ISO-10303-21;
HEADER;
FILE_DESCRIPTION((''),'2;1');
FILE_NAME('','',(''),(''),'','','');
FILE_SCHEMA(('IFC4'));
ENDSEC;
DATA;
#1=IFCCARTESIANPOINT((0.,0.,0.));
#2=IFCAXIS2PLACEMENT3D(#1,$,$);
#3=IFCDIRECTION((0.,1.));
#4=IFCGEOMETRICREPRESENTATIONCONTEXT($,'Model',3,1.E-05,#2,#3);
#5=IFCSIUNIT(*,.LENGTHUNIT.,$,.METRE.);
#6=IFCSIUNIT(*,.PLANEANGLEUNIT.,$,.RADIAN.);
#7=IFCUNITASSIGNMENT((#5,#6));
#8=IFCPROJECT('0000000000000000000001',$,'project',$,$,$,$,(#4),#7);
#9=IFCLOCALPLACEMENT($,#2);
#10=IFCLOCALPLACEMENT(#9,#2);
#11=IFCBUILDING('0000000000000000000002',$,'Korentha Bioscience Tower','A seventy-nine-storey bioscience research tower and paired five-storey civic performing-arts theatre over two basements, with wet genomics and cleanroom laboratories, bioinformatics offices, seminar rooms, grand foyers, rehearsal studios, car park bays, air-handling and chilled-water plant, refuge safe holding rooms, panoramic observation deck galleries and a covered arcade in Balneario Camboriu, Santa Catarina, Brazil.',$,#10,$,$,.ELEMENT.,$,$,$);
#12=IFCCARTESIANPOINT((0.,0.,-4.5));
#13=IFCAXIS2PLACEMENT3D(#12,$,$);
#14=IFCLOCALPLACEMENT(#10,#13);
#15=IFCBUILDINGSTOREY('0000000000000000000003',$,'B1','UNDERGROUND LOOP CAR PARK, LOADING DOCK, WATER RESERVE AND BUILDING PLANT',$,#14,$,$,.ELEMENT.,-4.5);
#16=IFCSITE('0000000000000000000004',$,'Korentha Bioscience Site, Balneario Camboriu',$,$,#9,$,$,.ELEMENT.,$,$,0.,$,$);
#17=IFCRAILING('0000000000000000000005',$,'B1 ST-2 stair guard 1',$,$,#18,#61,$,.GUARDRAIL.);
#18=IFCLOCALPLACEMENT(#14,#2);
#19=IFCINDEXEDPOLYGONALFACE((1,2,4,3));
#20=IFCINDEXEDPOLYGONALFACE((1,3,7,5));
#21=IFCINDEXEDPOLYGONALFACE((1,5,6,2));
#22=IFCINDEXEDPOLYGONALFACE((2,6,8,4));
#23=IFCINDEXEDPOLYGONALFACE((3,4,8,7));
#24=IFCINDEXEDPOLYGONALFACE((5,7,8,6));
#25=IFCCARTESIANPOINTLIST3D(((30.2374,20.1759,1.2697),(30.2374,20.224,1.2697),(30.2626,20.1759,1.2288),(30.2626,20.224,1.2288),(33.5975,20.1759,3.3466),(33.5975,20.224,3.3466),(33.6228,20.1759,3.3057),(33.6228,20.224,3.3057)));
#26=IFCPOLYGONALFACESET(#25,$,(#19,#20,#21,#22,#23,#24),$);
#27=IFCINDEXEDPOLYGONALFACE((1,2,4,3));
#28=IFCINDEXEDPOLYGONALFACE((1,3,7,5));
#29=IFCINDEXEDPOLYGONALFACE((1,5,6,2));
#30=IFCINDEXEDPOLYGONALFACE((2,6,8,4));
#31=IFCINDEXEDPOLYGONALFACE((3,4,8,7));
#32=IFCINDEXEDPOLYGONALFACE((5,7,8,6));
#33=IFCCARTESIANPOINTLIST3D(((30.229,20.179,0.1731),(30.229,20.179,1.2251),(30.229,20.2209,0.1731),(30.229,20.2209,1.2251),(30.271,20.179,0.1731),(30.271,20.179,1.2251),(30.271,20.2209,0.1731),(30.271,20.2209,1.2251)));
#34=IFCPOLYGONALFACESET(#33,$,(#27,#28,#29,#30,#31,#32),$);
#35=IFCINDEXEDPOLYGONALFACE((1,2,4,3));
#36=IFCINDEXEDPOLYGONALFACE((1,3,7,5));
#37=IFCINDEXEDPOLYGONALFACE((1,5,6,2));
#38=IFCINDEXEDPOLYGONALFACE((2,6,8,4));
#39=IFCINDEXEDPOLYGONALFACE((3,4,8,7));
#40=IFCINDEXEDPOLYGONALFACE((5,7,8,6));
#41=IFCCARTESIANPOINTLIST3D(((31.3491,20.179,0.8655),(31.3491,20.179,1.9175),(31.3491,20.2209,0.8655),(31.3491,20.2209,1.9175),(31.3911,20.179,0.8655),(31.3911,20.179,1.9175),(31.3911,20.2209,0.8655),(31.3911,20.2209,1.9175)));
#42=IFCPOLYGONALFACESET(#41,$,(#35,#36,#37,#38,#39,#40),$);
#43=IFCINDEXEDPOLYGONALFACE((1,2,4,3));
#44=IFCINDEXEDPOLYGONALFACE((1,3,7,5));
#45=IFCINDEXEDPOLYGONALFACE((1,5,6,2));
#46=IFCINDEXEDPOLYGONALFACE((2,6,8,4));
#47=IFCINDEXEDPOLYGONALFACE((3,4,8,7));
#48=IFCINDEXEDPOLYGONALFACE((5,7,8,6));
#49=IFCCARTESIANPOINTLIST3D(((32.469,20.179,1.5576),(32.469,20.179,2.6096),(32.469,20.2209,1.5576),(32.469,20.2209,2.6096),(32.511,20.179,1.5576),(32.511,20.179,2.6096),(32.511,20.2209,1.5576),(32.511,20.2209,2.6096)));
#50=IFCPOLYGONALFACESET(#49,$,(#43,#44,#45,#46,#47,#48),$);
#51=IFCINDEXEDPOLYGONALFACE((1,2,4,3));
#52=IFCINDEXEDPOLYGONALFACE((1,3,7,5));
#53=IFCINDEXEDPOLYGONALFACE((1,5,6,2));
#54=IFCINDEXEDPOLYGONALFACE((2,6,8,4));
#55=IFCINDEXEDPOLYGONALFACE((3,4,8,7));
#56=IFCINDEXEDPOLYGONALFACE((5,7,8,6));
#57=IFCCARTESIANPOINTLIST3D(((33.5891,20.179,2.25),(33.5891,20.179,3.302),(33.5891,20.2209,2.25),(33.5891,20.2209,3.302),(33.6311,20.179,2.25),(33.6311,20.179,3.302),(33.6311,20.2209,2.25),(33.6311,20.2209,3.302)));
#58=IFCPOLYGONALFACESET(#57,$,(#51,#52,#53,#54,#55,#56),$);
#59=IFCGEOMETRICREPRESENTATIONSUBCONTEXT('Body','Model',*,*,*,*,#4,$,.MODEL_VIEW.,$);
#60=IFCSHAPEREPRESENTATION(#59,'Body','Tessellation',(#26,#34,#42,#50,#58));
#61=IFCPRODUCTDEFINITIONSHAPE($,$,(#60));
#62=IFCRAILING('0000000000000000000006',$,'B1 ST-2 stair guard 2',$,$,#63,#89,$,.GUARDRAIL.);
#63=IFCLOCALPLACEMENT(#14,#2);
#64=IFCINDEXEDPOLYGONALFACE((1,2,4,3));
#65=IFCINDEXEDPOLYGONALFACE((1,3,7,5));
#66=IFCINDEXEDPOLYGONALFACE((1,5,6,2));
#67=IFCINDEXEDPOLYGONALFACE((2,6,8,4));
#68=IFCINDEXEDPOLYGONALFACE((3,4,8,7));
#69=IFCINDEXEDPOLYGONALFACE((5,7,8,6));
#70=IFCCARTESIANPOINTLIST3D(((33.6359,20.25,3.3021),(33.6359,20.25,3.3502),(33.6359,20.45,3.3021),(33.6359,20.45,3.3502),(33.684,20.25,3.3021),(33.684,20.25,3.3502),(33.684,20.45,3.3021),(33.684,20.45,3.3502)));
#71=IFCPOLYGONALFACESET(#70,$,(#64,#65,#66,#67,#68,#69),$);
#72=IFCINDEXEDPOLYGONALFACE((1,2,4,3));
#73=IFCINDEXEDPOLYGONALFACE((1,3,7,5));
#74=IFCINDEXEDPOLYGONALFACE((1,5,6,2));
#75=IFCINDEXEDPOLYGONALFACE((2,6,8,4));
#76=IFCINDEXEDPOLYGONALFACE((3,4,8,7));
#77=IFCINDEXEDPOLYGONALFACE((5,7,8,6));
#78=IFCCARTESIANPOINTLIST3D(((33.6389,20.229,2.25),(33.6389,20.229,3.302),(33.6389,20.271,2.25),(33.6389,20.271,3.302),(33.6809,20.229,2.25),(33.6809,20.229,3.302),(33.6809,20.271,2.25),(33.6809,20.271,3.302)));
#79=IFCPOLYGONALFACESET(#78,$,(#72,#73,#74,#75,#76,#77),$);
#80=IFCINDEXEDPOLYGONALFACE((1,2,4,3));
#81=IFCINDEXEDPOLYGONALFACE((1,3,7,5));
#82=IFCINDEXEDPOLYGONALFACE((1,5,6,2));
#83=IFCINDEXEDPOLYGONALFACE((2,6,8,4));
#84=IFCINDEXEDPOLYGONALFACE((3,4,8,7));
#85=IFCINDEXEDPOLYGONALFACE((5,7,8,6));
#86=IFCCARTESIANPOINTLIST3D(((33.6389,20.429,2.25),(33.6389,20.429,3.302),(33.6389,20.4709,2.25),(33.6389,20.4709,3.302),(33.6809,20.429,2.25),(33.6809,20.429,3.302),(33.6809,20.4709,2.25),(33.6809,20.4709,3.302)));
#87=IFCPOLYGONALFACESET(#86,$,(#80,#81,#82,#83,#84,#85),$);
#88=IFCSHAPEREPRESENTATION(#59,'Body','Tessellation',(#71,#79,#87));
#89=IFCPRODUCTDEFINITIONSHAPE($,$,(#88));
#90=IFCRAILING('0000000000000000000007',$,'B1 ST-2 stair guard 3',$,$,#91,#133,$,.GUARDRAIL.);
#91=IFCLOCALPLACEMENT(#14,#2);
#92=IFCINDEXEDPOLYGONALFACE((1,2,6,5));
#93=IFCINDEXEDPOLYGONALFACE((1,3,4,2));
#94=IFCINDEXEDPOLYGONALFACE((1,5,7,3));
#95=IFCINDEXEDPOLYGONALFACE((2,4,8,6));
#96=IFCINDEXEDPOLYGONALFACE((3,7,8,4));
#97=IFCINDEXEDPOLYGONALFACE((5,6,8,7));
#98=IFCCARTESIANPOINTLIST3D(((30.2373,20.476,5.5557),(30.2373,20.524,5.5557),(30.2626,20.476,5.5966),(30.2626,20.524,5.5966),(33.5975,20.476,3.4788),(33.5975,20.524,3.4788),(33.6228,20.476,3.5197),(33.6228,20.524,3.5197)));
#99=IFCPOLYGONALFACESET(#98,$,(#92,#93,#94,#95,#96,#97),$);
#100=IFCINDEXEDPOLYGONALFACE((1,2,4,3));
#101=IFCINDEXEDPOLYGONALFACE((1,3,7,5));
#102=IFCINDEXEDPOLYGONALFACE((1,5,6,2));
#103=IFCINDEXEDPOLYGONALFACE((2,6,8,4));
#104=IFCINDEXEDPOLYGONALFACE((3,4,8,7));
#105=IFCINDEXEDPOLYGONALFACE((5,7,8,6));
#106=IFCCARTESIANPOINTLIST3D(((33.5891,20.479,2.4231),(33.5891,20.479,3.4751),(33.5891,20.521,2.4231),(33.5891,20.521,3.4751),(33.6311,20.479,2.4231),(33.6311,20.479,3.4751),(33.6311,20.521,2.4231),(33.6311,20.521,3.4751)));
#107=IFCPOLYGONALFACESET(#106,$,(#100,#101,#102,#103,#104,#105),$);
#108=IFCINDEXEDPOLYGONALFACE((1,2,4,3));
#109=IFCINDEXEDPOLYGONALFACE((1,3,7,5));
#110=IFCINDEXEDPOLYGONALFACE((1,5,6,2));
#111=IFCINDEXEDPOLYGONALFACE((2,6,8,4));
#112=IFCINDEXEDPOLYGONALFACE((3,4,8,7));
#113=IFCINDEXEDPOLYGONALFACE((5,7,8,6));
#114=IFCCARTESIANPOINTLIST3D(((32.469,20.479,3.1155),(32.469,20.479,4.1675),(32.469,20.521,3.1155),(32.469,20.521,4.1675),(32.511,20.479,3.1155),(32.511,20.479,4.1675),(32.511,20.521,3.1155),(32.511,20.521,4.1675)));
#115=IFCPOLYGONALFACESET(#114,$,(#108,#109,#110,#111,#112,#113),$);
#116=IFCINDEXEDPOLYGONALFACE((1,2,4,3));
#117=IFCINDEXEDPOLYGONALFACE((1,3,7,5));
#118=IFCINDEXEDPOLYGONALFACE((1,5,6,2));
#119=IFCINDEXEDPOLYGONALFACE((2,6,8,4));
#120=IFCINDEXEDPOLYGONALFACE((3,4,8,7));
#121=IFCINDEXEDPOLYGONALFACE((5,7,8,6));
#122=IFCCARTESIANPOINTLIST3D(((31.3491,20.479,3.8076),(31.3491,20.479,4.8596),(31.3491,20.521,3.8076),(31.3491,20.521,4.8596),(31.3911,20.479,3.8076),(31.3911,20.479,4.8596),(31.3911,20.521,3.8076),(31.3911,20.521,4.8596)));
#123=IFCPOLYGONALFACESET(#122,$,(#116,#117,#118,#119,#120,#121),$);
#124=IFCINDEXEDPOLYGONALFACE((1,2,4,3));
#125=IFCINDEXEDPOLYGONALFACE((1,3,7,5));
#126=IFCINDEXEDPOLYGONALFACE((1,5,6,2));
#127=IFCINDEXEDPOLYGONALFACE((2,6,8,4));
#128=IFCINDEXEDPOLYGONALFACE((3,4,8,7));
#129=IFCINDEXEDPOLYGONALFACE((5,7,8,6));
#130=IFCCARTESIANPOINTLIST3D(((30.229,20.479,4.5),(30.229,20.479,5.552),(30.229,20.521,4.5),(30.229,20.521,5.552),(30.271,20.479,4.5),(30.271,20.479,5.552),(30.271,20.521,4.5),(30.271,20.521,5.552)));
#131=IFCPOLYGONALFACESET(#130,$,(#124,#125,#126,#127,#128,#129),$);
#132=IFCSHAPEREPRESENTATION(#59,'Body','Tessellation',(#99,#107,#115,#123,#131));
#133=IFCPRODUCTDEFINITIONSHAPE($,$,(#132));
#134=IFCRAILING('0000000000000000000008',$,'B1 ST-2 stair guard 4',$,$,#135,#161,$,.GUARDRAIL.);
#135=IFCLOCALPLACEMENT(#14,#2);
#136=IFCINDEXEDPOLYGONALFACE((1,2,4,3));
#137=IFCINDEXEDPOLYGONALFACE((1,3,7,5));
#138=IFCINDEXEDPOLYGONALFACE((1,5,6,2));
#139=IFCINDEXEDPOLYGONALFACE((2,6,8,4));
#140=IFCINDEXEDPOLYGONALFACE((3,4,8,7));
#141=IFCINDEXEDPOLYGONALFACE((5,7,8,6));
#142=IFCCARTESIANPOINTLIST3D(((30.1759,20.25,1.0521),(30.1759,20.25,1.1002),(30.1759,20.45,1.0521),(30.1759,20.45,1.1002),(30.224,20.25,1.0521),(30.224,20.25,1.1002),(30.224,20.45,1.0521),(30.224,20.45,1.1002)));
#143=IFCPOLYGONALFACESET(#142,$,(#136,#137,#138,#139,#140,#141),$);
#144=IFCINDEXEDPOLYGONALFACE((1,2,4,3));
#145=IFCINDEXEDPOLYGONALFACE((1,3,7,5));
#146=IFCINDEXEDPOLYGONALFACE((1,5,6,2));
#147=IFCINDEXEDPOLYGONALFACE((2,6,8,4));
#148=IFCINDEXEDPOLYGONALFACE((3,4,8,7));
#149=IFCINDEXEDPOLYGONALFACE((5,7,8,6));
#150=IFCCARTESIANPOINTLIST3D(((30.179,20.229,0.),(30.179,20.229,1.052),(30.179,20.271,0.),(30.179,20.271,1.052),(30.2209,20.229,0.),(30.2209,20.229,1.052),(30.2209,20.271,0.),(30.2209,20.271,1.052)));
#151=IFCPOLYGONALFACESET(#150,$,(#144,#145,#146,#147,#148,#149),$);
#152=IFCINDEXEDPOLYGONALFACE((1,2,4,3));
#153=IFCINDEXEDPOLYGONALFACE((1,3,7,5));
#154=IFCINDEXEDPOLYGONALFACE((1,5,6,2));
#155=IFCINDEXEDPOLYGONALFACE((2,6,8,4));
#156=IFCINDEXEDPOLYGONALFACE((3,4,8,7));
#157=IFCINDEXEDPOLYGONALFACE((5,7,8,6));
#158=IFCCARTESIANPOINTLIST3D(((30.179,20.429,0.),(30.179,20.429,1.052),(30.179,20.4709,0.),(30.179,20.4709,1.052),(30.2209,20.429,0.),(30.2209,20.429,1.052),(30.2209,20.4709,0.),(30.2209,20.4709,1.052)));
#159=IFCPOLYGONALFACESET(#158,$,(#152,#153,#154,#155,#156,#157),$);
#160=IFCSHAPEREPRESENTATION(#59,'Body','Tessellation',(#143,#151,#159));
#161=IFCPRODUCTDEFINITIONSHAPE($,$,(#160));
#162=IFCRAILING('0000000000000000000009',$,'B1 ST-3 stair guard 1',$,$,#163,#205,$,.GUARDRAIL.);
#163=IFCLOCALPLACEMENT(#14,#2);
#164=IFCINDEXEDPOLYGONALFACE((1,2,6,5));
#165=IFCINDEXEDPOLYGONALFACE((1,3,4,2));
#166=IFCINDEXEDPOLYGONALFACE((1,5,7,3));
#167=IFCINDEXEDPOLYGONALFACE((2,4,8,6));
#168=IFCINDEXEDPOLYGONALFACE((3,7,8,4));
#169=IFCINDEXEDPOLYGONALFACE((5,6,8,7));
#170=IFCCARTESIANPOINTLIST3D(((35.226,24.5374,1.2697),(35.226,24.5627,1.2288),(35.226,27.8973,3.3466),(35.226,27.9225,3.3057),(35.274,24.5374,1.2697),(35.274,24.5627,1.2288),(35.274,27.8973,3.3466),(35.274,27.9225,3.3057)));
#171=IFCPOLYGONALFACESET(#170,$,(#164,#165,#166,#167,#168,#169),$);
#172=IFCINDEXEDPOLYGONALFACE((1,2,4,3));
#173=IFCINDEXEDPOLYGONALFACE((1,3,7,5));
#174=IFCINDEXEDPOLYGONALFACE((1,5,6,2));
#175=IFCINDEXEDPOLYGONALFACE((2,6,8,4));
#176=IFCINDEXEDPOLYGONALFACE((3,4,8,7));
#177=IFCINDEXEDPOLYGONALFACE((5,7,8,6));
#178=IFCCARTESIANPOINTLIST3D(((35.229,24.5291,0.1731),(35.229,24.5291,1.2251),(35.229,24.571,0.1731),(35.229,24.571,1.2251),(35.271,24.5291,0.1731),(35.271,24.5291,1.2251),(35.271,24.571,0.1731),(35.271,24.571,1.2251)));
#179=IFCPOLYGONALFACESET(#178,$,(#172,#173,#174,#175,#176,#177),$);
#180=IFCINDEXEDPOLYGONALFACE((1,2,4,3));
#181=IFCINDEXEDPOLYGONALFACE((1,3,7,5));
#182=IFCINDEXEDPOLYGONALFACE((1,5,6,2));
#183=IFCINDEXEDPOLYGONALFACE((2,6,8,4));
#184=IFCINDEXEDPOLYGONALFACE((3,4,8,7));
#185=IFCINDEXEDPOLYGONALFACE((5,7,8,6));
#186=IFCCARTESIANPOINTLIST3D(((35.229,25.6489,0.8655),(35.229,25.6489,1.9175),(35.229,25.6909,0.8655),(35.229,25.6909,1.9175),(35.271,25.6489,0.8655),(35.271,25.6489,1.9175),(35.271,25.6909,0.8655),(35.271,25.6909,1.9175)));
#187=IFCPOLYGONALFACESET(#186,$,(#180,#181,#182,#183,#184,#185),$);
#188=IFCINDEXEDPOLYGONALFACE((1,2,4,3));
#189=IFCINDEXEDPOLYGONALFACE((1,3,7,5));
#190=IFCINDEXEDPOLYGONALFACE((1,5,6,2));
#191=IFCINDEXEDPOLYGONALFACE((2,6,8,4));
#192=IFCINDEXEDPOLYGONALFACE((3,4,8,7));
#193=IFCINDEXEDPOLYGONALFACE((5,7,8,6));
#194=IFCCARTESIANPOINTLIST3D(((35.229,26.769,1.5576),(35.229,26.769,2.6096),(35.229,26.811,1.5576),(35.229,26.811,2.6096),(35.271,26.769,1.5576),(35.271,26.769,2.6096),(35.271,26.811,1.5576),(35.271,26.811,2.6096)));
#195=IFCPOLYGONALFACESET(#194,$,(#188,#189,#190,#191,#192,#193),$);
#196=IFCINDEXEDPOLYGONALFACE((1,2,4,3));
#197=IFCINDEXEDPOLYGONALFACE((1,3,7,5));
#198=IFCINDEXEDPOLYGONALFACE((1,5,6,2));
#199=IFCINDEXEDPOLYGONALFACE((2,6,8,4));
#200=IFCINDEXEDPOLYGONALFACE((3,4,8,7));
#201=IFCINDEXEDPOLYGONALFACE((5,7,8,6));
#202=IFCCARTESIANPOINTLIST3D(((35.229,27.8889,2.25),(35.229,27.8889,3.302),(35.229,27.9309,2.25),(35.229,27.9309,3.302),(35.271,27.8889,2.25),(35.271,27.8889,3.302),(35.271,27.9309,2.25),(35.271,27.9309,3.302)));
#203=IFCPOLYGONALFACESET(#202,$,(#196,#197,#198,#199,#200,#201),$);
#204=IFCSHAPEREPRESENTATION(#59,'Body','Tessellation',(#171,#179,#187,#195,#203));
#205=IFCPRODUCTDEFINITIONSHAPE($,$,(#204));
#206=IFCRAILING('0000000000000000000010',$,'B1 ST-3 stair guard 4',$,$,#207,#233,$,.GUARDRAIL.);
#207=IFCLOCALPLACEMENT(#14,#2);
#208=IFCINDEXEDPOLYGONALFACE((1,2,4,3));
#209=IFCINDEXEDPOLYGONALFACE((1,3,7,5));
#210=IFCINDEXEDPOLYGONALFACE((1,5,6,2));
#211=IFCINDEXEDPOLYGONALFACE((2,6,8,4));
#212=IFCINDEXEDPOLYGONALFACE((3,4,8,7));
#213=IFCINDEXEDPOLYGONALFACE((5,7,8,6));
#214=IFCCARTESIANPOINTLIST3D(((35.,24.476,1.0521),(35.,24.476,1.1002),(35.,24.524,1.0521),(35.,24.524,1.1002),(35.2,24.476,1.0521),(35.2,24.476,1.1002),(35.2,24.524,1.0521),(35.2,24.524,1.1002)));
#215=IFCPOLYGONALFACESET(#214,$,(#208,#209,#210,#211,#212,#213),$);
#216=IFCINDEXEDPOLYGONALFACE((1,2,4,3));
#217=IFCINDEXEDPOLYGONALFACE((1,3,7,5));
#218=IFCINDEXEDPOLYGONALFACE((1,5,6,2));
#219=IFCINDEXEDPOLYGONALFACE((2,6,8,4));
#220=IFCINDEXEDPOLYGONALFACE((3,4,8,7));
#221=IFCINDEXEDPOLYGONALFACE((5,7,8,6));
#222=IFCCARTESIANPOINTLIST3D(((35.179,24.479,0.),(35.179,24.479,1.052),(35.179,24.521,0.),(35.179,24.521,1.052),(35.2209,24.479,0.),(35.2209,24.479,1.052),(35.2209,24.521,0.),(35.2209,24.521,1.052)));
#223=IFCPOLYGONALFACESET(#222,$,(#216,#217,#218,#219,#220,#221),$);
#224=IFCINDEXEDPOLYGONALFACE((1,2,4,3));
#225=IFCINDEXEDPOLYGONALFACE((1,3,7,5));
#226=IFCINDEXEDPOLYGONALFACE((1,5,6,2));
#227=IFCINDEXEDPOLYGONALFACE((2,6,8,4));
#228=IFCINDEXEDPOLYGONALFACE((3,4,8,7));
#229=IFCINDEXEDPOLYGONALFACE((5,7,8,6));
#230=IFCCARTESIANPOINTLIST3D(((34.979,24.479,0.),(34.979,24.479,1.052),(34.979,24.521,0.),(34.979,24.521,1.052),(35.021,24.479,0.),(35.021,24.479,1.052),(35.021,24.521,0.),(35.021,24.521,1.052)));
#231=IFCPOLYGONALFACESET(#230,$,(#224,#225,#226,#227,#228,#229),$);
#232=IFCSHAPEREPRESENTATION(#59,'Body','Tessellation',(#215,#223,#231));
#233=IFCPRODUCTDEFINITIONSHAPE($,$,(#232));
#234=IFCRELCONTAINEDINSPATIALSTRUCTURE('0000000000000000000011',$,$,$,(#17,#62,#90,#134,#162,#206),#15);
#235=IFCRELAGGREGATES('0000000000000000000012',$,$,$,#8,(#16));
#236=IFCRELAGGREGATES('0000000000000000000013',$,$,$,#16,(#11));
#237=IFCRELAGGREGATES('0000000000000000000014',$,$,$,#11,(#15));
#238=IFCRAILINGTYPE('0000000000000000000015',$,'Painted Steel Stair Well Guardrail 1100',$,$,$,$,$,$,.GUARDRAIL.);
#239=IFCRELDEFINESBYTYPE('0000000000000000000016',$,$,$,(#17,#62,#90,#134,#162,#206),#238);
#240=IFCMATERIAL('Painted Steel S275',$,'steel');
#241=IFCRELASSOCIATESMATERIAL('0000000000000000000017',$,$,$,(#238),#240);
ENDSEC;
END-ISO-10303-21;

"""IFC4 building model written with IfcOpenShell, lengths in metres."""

from ifc_helpers import new_model, si_unit, direction, frame, origin, origin_2d, place, context, subcontext, project, spatial, rectangle, extrude, material, type_object, element, save


model = new_model("IFC4")

# Units and contexts
model_context = context("Model", 3, precision=1e-05, world=origin(), true_north=direction((0.0, 1.0)))
body_context = subcontext(model_context, "Body", "Model", "MODEL_VIEW")
ifc_project = project(units=[si_unit("LENGTHUNIT", "METRE"), si_unit("PLANEANGLEUNIT", "RADIAN")], contexts=[model_context])

# Site, building, storey
site_placement = place(None, origin())
site = spatial("IfcSite", under=ifc_project, at=site_placement, Name="Korentha Bioscience Site, Balneario Camboriu", CompositionType="ELEMENT", RefElevation=0.0)
building_placement = place(site_placement, origin())
building = spatial("IfcBuilding", under=site, at=building_placement, Name="Korentha Bioscience Tower", Description="A seventy-nine-storey bioscience research tower and paired five-storey civic performing-arts theatre over two basements, with wet genomics and cleanroom laboratories, bioinformatics offices, seminar rooms, grand foyers, rehearsal studios, car park bays, air-handling and chilled-water plant, refuge safe holding rooms, panoramic observation deck galleries and a covered arcade in Balneario Camboriu, Santa Catarina, Brazil.", CompositionType="ELEMENT")
storey_placement = place(building_placement, frame((0.0, 0.0, -4.5)))
storey = spatial("IfcBuildingStorey", under=building, at=storey_placement, Name="B1", Description="UNDERGROUND LOOP CAR PARK, LOADING DOCK, WATER RESERVE AND BUILDING PLANT", CompositionType="ELEMENT", Elevation=-4.5)

# Railings
ifc_material_1 = material(Name="Painted Steel S275", Category="steel")
railing_type_1 = type_object("IfcRailingType", Name="Painted Steel Stair Well Guardrail 1100", PredefinedType="GUARDRAIL", material=ifc_material_1)
railing_1_placement = place(storey_placement, frame((30.25, 20.2, 0.1731)))
element("IfcRailing", 1, at=railing_1_placement, inside=storey, type_object=railing_type_1, Name="B1 ST-2 stair guard 1", PredefinedType="GUARDRAIL", context=body_context, shape_type="SweptSolid", body=[
    extrude(rectangle(XDim=0.0481, YDim=0.0481, at=origin_2d()), frame((0.0, 0.0, 1.0762), z_axis=(0.850623, 0.0, 0.525776), x_axis=(0.0, 1.0, 0.0)), (0.0, 0.0, 1.0), 3.9502),
    extrude(rectangle(XDim=0.042, YDim=0.042, at=origin_2d()), origin(), (0.0, 0.0, 1.0), 1.052),
    extrude(rectangle(XDim=0.042, YDim=0.042, at=origin_2d()), frame((1.1201, 0.0, 0.6924)), (0.0, 0.0, 1.0), 1.052),
    extrude(rectangle(XDim=0.042, YDim=0.042, at=origin_2d()), frame((2.24, 0.0, 1.3845)), (0.0, 0.0, 1.0), 1.052),
    extrude(rectangle(XDim=0.042, YDim=0.042, at=origin_2d()), frame((3.3601, 0.0, 2.0769)), (0.0, 0.0, 1.0), 1.052),
])
railing_2_placement = place(storey_placement, frame((33.6599, 20.25, 2.25)))
element("IfcRailing", 2, at=railing_2_placement, inside=storey, type_object=railing_type_1, Name="B1 ST-2 stair guard 2", PredefinedType="GUARDRAIL", context=body_context, shape_type="SweptSolid", body=[
    extrude(rectangle(XDim=0.0481, YDim=0.0481, at=origin_2d()), frame((0.0, 0.0, 1.0762), z_axis=(0.0, 1.0, 0.0), x_axis=(-1.0, 0.0, 0.0)), (0.0, 0.0, 1.0), 0.2),
    extrude(rectangle(XDim=0.042, YDim=0.042, at=origin_2d()), origin(), (0.0, 0.0, 1.0), 1.052),
    extrude(rectangle(XDim=0.042, YDim=0.042, at=origin_2d()), frame((0.0, 0.2, 0.0)), (0.0, 0.0, 1.0), 1.052),
])
railing_3_placement = place(storey_placement, frame((33.6101, 20.5, 2.4231)))
element("IfcRailing", 3, at=railing_3_placement, inside=storey, type_object=railing_type_1, Name="B1 ST-2 stair guard 3", PredefinedType="GUARDRAIL", context=body_context, shape_type="SweptSolid", body=[
    extrude(rectangle(XDim=0.0481, YDim=0.0481, at=origin_2d()), frame((0.0, 0.0, 1.0762), z_axis=(-0.850623, 0.0, 0.525776), x_axis=(0.0, -1.0, 0.0)), (0.0, 0.0, 1.0), 3.9502),
    extrude(rectangle(XDim=0.042, YDim=0.042, at=origin_2d()), origin(), (0.0, 0.0, 1.0), 1.052),
    extrude(rectangle(XDim=0.042, YDim=0.042, at=origin_2d()), frame((-1.1201, 0.0, 0.6924)), (0.0, 0.0, 1.0), 1.052),
    extrude(rectangle(XDim=0.042, YDim=0.042, at=origin_2d()), frame((-2.24, 0.0, 1.3845)), (0.0, 0.0, 1.0), 1.052),
    extrude(rectangle(XDim=0.042, YDim=0.042, at=origin_2d()), frame((-3.3601, 0.0, 2.0769)), (0.0, 0.0, 1.0), 1.052),
])
railing_4_placement = place(storey_placement, frame((30.2, 20.25, 0.0)))
element("IfcRailing", 4, at=railing_4_placement, inside=storey, type_object=railing_type_1, Name="B1 ST-2 stair guard 4", PredefinedType="GUARDRAIL", context=body_context, shape_type="SweptSolid", body=[
    extrude(rectangle(XDim=0.0481, YDim=0.0481, at=origin_2d()), frame((0.0, 0.0, 1.0762), z_axis=(0.0, 1.0, 0.0), x_axis=(-1.0, 0.0, 0.0)), (0.0, 0.0, 1.0), 0.2),
    extrude(rectangle(XDim=0.042, YDim=0.042, at=origin_2d()), origin(), (0.0, 0.0, 1.0), 1.052),
    extrude(rectangle(XDim=0.042, YDim=0.042, at=origin_2d()), frame((0.0, 0.2, 0.0)), (0.0, 0.0, 1.0), 1.052),
])
railing_5_placement = place(storey_placement, frame((35.25, 24.55, 0.1731)))
element("IfcRailing", 5, at=railing_5_placement, inside=storey, type_object=railing_type_1, Name="B1 ST-3 stair guard 1", PredefinedType="GUARDRAIL", context=body_context, shape_type="SweptSolid", body=[
    extrude(rectangle(XDim=0.0481, YDim=0.0481, at=origin_2d()), frame((0.0, 0.0, 1.0762), z_axis=(0.0, 0.850606, 0.525803), x_axis=(-1.0, 0.0, 0.0)), (0.0, 0.0, 1.0), 3.95),
    extrude(rectangle(XDim=0.042, YDim=0.042, at=origin_2d()), origin(), (0.0, 0.0, 1.0), 1.052),
    extrude(rectangle(XDim=0.042, YDim=0.042, at=origin_2d()), frame((0.0, 1.1199, 0.6924)), (0.0, 0.0, 1.0), 1.052),
    extrude(rectangle(XDim=0.042, YDim=0.042, at=origin_2d()), frame((0.0, 2.24, 1.3845)), (0.0, 0.0, 1.0), 1.052),
    extrude(rectangle(XDim=0.042, YDim=0.042, at=origin_2d()), frame((0.0, 3.3599, 2.0769)), (0.0, 0.0, 1.0), 1.052),
])
railing_6_placement = place(storey_placement, frame((35.2, 24.5, 0.0)))
element("IfcRailing", 6, at=railing_6_placement, inside=storey, type_object=railing_type_1, Name="B1 ST-3 stair guard 4", PredefinedType="GUARDRAIL", context=body_context, shape_type="SweptSolid", body=[
    extrude(rectangle(XDim=0.0481, YDim=0.0481, at=origin_2d()), frame((0.0, 0.0, 1.0762), z_axis=(-1.0, 0.0, 0.0), x_axis=(0.0, -1.0, 0.0)), (0.0, 0.0, 1.0), 0.2),
    extrude(rectangle(XDim=0.042, YDim=0.042, at=origin_2d()), origin(), (0.0, 0.0, 1.0), 1.052),
    extrude(rectangle(XDim=0.042, YDim=0.042, at=origin_2d()), frame((-0.2, 0.0, 0.0)), (0.0, 0.0, 1.0), 1.052),
])

save(model, "model.ifc")
